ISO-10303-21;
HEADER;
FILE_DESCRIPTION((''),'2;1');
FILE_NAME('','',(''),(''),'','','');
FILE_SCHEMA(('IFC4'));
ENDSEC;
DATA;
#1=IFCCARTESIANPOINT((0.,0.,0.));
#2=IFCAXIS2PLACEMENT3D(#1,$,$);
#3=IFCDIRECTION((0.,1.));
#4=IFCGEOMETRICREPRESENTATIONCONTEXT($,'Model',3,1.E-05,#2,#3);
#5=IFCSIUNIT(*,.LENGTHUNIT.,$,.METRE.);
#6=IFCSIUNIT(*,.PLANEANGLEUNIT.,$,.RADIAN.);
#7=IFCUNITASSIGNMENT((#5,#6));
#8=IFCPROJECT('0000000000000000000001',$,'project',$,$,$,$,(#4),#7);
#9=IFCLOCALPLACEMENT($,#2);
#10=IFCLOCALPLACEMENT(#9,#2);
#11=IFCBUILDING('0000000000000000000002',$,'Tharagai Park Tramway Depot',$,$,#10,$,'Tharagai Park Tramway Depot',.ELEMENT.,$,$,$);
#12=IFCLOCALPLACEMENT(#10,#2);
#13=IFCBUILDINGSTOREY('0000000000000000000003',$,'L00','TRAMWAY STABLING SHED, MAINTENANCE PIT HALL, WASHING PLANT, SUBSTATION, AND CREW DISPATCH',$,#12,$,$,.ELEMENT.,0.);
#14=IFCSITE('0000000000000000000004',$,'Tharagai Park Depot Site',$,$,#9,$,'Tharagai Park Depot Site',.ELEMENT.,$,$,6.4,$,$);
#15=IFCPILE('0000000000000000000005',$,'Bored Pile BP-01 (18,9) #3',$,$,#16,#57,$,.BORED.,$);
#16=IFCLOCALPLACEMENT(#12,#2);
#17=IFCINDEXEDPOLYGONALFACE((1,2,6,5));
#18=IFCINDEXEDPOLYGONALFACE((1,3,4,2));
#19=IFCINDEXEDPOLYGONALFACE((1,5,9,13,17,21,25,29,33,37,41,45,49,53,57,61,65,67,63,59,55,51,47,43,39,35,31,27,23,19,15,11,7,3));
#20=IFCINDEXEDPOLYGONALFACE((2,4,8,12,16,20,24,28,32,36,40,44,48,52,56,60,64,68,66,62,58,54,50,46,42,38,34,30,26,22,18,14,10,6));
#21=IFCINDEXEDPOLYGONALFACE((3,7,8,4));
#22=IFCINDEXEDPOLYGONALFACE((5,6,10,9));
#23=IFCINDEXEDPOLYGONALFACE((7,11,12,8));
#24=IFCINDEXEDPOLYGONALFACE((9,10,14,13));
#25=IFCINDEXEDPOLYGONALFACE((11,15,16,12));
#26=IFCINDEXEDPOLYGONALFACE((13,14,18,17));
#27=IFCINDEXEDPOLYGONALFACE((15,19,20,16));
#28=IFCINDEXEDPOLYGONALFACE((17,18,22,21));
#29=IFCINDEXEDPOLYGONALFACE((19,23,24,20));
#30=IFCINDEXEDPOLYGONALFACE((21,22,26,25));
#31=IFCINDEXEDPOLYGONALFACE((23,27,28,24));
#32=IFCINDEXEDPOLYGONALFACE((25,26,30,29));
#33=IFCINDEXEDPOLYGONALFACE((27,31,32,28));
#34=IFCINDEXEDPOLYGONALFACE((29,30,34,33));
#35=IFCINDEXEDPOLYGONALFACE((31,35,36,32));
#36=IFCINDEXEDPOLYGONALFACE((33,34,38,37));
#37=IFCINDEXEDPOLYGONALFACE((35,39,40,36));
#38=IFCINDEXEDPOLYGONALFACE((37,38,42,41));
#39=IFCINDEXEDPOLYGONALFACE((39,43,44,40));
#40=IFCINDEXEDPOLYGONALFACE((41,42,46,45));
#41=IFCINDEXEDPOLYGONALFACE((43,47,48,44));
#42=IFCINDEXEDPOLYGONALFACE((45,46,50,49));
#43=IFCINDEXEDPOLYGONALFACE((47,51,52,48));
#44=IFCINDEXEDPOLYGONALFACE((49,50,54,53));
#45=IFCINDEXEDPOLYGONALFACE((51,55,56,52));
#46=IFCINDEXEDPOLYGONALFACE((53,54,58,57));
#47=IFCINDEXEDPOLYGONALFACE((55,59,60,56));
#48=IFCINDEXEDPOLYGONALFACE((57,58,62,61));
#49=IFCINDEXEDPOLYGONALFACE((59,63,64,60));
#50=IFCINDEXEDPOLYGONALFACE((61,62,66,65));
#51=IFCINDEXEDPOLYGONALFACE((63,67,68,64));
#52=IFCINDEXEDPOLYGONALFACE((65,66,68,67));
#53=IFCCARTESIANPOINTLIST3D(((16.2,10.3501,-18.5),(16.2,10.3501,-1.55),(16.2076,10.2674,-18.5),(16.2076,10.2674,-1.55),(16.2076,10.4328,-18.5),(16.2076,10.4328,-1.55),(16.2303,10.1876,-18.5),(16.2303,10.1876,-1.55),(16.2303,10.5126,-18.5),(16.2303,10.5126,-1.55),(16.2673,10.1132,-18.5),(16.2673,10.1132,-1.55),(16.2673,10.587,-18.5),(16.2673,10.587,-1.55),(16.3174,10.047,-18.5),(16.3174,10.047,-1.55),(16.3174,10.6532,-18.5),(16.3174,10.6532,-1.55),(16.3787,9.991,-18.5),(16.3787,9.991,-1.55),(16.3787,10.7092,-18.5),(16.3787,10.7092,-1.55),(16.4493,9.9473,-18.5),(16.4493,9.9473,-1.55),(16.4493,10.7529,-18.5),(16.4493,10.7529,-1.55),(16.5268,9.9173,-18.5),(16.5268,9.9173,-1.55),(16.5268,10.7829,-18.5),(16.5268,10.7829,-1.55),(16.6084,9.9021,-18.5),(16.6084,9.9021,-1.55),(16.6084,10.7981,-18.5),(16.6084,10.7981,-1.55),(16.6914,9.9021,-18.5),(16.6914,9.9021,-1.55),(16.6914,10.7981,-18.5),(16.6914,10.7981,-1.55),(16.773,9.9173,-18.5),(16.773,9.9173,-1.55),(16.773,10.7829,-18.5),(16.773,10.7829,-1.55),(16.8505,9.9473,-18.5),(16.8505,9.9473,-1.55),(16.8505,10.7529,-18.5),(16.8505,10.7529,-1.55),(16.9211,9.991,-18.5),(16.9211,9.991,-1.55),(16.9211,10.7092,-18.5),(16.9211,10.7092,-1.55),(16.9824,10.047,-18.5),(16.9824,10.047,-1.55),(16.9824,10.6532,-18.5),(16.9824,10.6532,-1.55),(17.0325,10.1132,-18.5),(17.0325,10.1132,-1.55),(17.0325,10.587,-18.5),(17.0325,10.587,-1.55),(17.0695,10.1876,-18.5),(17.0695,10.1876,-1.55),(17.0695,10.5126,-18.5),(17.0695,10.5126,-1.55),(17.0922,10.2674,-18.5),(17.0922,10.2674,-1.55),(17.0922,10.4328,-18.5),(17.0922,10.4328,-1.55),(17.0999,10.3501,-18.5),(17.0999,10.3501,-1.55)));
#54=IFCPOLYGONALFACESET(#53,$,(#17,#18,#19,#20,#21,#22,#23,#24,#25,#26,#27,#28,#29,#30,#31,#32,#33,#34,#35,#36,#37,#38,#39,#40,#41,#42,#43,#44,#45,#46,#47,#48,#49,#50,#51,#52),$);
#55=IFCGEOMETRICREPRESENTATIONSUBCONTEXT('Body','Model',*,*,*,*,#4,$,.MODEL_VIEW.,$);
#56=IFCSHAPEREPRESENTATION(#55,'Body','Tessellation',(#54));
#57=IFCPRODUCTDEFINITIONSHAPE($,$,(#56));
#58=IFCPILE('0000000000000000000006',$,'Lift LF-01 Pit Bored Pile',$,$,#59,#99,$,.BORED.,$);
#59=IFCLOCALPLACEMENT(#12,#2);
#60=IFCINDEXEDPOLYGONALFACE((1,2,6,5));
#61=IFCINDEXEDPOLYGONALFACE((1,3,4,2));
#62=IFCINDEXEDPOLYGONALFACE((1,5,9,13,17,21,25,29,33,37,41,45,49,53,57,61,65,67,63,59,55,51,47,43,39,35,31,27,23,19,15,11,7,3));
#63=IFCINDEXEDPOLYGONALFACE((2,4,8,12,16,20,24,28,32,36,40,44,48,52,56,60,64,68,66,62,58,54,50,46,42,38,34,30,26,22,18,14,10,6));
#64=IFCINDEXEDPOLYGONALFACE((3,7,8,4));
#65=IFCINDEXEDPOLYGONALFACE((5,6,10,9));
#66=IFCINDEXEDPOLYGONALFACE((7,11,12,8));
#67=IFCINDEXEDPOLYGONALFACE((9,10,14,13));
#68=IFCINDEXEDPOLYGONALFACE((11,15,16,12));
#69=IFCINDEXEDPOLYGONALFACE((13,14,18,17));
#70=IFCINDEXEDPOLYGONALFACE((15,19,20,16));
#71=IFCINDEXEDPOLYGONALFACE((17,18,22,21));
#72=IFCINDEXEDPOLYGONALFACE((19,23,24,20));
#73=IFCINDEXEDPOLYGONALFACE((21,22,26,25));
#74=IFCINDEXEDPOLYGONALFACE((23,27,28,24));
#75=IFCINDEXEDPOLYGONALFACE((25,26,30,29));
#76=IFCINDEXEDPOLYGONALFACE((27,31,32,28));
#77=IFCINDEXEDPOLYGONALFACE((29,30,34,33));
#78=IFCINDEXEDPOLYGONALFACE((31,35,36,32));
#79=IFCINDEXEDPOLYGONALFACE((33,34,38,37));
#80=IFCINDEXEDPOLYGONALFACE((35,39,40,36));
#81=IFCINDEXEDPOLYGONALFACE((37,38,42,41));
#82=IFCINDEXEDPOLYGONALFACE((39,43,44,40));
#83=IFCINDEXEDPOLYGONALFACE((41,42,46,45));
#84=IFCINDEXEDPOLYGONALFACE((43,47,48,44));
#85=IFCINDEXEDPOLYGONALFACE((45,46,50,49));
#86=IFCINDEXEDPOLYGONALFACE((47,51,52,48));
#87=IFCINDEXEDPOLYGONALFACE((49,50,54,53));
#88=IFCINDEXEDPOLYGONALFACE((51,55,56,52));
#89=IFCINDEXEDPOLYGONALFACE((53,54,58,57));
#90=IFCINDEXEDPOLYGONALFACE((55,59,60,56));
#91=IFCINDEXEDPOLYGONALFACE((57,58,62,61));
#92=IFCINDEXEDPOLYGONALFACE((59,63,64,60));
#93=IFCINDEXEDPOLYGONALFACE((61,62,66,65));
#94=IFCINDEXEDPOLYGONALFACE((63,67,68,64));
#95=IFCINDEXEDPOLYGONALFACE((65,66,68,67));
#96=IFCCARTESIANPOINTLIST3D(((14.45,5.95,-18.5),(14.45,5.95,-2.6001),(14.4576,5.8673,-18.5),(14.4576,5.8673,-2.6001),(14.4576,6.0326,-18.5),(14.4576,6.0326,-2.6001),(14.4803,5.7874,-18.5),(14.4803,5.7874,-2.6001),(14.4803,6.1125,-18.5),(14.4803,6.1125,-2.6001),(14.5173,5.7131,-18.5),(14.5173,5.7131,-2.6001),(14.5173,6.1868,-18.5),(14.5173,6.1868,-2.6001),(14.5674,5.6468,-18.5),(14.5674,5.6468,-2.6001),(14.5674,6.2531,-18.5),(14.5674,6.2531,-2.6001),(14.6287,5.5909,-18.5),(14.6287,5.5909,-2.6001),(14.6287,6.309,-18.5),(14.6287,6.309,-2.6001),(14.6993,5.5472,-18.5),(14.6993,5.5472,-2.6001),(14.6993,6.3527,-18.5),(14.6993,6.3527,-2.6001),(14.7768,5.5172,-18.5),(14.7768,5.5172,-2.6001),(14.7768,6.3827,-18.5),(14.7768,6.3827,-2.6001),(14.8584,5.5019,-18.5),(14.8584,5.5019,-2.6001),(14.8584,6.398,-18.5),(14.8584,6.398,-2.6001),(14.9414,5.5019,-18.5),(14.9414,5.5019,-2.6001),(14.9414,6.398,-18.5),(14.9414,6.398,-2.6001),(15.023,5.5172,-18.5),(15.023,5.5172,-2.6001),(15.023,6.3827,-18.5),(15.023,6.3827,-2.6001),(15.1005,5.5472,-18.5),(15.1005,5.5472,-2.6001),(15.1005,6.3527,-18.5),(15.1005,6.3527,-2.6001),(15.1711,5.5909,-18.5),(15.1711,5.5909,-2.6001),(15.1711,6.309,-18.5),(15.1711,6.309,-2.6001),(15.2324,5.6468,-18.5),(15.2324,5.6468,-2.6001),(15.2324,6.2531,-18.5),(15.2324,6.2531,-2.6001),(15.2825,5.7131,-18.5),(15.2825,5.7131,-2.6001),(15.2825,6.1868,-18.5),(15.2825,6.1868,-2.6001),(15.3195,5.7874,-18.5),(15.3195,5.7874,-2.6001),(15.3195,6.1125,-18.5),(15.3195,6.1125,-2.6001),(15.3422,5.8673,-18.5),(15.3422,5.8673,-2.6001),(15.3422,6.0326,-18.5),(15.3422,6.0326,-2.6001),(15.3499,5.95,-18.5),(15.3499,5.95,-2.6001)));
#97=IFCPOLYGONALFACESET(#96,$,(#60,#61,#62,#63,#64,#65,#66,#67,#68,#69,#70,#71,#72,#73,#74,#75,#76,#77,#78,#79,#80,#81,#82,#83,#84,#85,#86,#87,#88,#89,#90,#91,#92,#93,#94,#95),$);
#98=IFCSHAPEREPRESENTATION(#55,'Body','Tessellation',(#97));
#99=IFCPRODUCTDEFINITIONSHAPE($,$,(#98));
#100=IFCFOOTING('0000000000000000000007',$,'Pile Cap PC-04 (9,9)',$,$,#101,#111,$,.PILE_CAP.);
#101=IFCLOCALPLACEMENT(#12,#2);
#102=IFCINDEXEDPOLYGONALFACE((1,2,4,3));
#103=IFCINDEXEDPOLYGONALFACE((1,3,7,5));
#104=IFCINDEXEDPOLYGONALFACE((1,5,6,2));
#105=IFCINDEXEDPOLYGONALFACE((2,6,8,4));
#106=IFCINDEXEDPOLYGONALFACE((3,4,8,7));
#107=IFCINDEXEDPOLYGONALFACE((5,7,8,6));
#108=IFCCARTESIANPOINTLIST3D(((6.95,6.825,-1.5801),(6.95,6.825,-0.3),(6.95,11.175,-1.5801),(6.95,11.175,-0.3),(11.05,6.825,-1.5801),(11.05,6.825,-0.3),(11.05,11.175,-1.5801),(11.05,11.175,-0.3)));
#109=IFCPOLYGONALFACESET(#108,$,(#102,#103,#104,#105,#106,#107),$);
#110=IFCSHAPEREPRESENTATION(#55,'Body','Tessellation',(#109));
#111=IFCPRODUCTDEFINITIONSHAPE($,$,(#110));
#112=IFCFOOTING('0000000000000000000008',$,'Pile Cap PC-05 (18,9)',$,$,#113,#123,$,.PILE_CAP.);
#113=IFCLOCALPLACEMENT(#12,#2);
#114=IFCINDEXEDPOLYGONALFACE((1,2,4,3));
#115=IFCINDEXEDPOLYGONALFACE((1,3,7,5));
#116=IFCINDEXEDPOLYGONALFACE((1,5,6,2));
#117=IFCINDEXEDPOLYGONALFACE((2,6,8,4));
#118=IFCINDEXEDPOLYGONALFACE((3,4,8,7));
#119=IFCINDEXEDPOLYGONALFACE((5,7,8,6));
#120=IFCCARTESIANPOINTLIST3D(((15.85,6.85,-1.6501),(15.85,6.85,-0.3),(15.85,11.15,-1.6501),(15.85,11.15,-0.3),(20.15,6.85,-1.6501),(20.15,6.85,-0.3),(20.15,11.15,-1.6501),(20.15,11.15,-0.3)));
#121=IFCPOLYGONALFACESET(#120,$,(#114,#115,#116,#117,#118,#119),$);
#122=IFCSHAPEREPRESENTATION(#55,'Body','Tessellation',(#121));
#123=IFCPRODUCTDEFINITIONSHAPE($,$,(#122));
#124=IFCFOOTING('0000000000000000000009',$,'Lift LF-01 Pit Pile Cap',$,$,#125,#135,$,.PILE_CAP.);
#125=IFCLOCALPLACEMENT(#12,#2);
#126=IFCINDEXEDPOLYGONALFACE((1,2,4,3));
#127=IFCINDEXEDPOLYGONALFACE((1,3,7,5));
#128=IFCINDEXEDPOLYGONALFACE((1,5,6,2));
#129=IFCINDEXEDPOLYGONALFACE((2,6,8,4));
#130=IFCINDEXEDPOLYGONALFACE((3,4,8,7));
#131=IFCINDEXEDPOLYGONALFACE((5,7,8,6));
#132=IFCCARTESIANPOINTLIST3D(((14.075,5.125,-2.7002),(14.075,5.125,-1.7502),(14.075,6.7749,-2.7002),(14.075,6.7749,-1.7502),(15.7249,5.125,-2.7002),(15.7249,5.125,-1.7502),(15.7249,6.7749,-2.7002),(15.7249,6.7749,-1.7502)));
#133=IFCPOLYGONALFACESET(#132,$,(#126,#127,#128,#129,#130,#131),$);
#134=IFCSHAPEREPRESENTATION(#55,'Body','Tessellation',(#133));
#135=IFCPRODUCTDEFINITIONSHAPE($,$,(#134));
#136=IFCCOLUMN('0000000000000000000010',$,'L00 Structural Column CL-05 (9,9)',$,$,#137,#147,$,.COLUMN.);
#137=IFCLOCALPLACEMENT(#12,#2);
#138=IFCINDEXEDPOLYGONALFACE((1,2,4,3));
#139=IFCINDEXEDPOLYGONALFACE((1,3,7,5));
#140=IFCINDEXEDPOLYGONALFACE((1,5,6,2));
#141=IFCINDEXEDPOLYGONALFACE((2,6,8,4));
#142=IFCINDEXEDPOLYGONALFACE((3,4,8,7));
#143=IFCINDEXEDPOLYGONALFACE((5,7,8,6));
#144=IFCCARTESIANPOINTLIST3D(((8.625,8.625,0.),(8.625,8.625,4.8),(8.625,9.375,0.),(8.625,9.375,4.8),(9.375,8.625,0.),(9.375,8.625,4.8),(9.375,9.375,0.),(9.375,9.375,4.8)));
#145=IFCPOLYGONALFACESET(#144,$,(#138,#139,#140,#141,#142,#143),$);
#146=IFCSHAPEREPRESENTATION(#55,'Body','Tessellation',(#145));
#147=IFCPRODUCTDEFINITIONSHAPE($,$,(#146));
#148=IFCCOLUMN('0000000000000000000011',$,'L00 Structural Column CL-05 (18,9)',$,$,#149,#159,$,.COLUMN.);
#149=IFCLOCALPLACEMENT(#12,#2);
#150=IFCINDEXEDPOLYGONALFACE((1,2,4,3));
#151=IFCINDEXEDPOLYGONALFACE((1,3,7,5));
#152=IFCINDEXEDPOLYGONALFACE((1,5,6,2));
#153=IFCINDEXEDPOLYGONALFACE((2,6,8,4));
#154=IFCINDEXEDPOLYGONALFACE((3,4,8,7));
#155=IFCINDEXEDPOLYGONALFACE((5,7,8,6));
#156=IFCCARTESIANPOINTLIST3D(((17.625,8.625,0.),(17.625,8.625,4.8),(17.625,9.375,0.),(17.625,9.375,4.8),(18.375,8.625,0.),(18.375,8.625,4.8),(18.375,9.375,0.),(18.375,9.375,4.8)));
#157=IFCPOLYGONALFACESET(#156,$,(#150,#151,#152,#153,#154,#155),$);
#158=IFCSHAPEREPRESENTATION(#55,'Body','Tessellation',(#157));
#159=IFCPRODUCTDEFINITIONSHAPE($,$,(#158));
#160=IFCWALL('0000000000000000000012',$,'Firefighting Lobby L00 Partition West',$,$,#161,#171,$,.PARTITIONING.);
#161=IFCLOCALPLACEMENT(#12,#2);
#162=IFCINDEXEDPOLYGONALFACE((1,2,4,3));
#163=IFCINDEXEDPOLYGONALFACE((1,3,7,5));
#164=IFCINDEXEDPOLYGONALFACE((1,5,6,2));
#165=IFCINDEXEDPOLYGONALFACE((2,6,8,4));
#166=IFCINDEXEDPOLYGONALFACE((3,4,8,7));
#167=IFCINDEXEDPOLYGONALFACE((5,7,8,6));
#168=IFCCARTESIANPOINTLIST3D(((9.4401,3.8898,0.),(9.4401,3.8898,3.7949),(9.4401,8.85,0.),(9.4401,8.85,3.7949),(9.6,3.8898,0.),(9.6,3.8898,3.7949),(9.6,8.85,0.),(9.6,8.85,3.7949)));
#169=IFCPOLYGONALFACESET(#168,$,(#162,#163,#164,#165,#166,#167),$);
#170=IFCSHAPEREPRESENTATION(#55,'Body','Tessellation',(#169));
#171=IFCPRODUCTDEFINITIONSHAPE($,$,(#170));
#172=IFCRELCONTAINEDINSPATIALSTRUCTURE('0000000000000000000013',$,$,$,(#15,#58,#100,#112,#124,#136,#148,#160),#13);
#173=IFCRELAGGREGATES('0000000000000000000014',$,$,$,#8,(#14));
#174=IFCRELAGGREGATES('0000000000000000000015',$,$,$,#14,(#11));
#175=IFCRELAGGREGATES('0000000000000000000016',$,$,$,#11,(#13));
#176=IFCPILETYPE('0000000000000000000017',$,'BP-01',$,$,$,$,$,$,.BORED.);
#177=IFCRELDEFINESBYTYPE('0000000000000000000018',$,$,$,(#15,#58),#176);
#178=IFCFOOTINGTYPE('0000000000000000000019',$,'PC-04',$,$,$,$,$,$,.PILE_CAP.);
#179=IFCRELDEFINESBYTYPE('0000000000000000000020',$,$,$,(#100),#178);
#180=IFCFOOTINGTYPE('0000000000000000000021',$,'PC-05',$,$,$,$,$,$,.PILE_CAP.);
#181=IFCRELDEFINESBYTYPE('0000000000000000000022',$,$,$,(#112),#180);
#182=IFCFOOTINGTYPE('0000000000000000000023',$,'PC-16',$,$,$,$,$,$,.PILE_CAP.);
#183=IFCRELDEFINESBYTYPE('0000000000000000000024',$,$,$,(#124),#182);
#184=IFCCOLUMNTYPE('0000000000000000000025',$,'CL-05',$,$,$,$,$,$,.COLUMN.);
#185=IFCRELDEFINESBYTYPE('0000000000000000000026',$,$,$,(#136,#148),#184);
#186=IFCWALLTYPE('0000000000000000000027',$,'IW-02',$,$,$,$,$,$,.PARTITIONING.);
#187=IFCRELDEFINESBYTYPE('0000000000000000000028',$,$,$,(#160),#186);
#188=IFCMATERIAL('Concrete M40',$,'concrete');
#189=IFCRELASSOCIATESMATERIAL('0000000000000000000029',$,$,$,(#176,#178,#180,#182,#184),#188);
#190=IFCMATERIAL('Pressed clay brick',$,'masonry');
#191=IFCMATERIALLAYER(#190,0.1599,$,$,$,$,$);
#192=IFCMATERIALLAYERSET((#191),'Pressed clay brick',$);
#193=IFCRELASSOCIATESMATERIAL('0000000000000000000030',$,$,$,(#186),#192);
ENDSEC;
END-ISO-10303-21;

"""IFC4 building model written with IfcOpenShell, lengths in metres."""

from ifc_helpers import new_model, si_unit, direction, frame, frame_2d, origin, origin_2d, place, context, subcontext, project, spatial, rectangle, circle, extrude, material, layer, layer_set, material_profile, profile_set, type_object, element, save


model = new_model("IFC4")

# Units and contexts
model_context = context("Model", 3, precision=1e-05, world=origin(), true_north=direction((0.0, 1.0)))
body_context = subcontext(model_context, "Body", "Model", "MODEL_VIEW")
ifc_project = project(units=[si_unit("LENGTHUNIT", "METRE"), si_unit("PLANEANGLEUNIT", "RADIAN")], contexts=[model_context])

# Site, building, storey
site_placement = place(None, origin())
site = spatial("IfcSite", under=ifc_project, at=site_placement, Name="Tharagai Park Depot Site", LongName="Tharagai Park Depot Site", CompositionType="ELEMENT", RefElevation=6.4)
building_placement = place(site_placement, origin())
building = spatial("IfcBuilding", under=site, at=building_placement, Name="Tharagai Park Tramway Depot", LongName="Tharagai Park Tramway Depot", CompositionType="ELEMENT")
storey_placement = place(building_placement, origin())
storey = spatial("IfcBuildingStorey", under=building, at=storey_placement, Name="L00", Description="TRAMWAY STABLING SHED, MAINTENANCE PIT HALL, WASHING PLANT, SUBSTATION, AND CREW DISPATCH", CompositionType="ELEMENT", Elevation=0.0)

# Piles
ifc_material_1 = material(Name="Concrete M40", Category="concrete")
ifc_material_profile_1 = material_profile(ifc_material_1, circle(Radius=0.45, at=origin_2d()), Name="PILE D900")
ifc_profile_set_1 = profile_set([ifc_material_profile_1], Name="Concrete M40")
pile_type = type_object("IfcPileType", Name="BP-01", PredefinedType="BORED", material=ifc_profile_set_1)
for number, where, z_axis, x_axis, name in (
    (1, (16.6499, 10.3501, -1.55), (0.0, 0.0, -1.0), (1.0, 0.0, 0.0), "Bored Pile BP-01 (18,9) #3"),
):
    element("IfcPile", number, at=place(storey_placement, frame(where, z_axis=z_axis, x_axis=x_axis)), inside=storey, type_object=pile_type, Name=name, PredefinedType="BORED", context=body_context, shape_type="SweptSolid", body=[
        extrude(circle(Radius=0.45, at=origin_2d()), origin(), (0.0, 0.0, 1.0), 16.95),
    ])
pile_placement = place(storey_placement, frame((14.8999, 5.95, -2.6001), z_axis=(0.0, 0.0, -1.0), x_axis=(1.0, 0.0, 0.0)))
element("IfcPile", 2, at=pile_placement, inside=storey, type_object=pile_type, Name="Lift LF-01 Pit Bored Pile", PredefinedType="BORED", context=body_context, shape_type="SweptSolid", body=[
    extrude(circle(Radius=0.45, at=origin_2d()), origin(), (0.0, 0.0, 1.0), 15.8999),
])

# Footings
footing_type_1 = type_object("IfcFootingType", Name="PC-04", PredefinedType="PILE_CAP", material=ifc_material_1)
footing_1_placement = place(storey_placement, frame((9.0, 9.0, -1.5801), z_axis=(0.0, 0.0, 1.0), x_axis=(1.0, 0.0, 0.0)))
element("IfcFooting", 3, at=footing_1_placement, inside=storey, type_object=footing_type_1, Name="Pile Cap PC-04 (9,9)", PredefinedType="PILE_CAP", context=body_context, shape_type="SweptSolid", body=[
    extrude(rectangle(XDim=4.1001, YDim=4.3501, at=origin_2d()), origin(), (0.0, 0.0, 1.0), 1.28),
])
footing_type_2 = type_object("IfcFootingType", Name="PC-05", PredefinedType="PILE_CAP", material=ifc_material_1)
footing_2_placement = place(storey_placement, frame((18.0, 9.0, -1.6501), z_axis=(0.0, 0.0, 1.0), x_axis=(1.0, 0.0, 0.0)))
element("IfcFooting", 4, at=footing_2_placement, inside=storey, type_object=footing_type_2, Name="Pile Cap PC-05 (18,9)", PredefinedType="PILE_CAP", context=body_context, shape_type="SweptSolid", body=[
    extrude(rectangle(XDim=4.3, YDim=4.3, at=origin_2d()), origin(), (0.0, 0.0, 1.0), 1.3501),
])
footing_type_3 = type_object("IfcFootingType", Name="PC-16", PredefinedType="PILE_CAP", material=ifc_material_1)
footing_3_placement = place(storey_placement, frame((14.8999, 5.95, -2.7002), z_axis=(0.0, 0.0, 1.0), x_axis=(1.0, 0.0, 0.0)))
element("IfcFooting", 5, at=footing_3_placement, inside=storey, type_object=footing_type_3, Name="Lift LF-01 Pit Pile Cap", PredefinedType="PILE_CAP", context=body_context, shape_type="SweptSolid", body=[
    extrude(rectangle(XDim=1.6499, YDim=1.6499, at=origin_2d()), origin(), (0.0, 0.0, 1.0), 0.95),
])

# Columns
ifc_material_profile_2 = material_profile(ifc_material_1, rectangle(XDim=0.75, YDim=0.75, at=origin_2d()), Name="RC 750x750")
ifc_profile_set_2 = profile_set([ifc_material_profile_2], Name="Concrete M40")
column_type = type_object("IfcColumnType", Name="CL-05", PredefinedType="COLUMN", material=ifc_profile_set_2)
for number, where, z_axis, x_axis, name in (
    (6, (9.0, 9.0, 0.0), (0.0, 0.0, 1.0), (1.0, 0.0, 0.0), "L00 Structural Column CL-05 (9,9)"),
    (7, (18.0, 9.0, 0.0), (0.0, 0.0, 1.0), (1.0, 0.0, 0.0), "L00 Structural Column CL-05 (18,9)"),
):
    element("IfcColumn", number, at=place(storey_placement, frame(where, z_axis=z_axis, x_axis=x_axis)), inside=storey, type_object=column_type, Name=name, PredefinedType="COLUMN", context=body_context, shape_type="SweptSolid", body=[
        extrude(rectangle(XDim=0.75, YDim=0.75, at=origin_2d()), origin(), (0.0, 0.0, 1.0), 4.8),
    ])

# Shared definitions
ifc_material_2 = material(Name="Pressed clay brick", Category="masonry")
ifc_layer_1 = layer(ifc_material_2, 0.1599)
ifc_layer_set_1 = layer_set([ifc_layer_1], Name="Pressed clay brick")
wall_type_1 = type_object("IfcWallType", Name="IW-02", PredefinedType="PARTITIONING", material=ifc_layer_set_1)

# Wall
wall_1_placement = place(storey_placement, frame((9.52, 3.8899, 0.0), z_axis=(0.0, 0.0, 1.0), x_axis=(0.0, 1.0, 0.0)))
element("IfcWall", 8, at=wall_1_placement, inside=storey, type_object=wall_type_1, Name="Firefighting Lobby L00 Partition West", PredefinedType="PARTITIONING", context=body_context, shape_type="SweptSolid", body=[
    extrude(rectangle(XDim=4.9602, YDim=0.1599, at=frame_2d((2.48, 0.0))), origin(), (0.0, 0.0, 1.0), 3.7949),
])

save(model, "model.ifc")
